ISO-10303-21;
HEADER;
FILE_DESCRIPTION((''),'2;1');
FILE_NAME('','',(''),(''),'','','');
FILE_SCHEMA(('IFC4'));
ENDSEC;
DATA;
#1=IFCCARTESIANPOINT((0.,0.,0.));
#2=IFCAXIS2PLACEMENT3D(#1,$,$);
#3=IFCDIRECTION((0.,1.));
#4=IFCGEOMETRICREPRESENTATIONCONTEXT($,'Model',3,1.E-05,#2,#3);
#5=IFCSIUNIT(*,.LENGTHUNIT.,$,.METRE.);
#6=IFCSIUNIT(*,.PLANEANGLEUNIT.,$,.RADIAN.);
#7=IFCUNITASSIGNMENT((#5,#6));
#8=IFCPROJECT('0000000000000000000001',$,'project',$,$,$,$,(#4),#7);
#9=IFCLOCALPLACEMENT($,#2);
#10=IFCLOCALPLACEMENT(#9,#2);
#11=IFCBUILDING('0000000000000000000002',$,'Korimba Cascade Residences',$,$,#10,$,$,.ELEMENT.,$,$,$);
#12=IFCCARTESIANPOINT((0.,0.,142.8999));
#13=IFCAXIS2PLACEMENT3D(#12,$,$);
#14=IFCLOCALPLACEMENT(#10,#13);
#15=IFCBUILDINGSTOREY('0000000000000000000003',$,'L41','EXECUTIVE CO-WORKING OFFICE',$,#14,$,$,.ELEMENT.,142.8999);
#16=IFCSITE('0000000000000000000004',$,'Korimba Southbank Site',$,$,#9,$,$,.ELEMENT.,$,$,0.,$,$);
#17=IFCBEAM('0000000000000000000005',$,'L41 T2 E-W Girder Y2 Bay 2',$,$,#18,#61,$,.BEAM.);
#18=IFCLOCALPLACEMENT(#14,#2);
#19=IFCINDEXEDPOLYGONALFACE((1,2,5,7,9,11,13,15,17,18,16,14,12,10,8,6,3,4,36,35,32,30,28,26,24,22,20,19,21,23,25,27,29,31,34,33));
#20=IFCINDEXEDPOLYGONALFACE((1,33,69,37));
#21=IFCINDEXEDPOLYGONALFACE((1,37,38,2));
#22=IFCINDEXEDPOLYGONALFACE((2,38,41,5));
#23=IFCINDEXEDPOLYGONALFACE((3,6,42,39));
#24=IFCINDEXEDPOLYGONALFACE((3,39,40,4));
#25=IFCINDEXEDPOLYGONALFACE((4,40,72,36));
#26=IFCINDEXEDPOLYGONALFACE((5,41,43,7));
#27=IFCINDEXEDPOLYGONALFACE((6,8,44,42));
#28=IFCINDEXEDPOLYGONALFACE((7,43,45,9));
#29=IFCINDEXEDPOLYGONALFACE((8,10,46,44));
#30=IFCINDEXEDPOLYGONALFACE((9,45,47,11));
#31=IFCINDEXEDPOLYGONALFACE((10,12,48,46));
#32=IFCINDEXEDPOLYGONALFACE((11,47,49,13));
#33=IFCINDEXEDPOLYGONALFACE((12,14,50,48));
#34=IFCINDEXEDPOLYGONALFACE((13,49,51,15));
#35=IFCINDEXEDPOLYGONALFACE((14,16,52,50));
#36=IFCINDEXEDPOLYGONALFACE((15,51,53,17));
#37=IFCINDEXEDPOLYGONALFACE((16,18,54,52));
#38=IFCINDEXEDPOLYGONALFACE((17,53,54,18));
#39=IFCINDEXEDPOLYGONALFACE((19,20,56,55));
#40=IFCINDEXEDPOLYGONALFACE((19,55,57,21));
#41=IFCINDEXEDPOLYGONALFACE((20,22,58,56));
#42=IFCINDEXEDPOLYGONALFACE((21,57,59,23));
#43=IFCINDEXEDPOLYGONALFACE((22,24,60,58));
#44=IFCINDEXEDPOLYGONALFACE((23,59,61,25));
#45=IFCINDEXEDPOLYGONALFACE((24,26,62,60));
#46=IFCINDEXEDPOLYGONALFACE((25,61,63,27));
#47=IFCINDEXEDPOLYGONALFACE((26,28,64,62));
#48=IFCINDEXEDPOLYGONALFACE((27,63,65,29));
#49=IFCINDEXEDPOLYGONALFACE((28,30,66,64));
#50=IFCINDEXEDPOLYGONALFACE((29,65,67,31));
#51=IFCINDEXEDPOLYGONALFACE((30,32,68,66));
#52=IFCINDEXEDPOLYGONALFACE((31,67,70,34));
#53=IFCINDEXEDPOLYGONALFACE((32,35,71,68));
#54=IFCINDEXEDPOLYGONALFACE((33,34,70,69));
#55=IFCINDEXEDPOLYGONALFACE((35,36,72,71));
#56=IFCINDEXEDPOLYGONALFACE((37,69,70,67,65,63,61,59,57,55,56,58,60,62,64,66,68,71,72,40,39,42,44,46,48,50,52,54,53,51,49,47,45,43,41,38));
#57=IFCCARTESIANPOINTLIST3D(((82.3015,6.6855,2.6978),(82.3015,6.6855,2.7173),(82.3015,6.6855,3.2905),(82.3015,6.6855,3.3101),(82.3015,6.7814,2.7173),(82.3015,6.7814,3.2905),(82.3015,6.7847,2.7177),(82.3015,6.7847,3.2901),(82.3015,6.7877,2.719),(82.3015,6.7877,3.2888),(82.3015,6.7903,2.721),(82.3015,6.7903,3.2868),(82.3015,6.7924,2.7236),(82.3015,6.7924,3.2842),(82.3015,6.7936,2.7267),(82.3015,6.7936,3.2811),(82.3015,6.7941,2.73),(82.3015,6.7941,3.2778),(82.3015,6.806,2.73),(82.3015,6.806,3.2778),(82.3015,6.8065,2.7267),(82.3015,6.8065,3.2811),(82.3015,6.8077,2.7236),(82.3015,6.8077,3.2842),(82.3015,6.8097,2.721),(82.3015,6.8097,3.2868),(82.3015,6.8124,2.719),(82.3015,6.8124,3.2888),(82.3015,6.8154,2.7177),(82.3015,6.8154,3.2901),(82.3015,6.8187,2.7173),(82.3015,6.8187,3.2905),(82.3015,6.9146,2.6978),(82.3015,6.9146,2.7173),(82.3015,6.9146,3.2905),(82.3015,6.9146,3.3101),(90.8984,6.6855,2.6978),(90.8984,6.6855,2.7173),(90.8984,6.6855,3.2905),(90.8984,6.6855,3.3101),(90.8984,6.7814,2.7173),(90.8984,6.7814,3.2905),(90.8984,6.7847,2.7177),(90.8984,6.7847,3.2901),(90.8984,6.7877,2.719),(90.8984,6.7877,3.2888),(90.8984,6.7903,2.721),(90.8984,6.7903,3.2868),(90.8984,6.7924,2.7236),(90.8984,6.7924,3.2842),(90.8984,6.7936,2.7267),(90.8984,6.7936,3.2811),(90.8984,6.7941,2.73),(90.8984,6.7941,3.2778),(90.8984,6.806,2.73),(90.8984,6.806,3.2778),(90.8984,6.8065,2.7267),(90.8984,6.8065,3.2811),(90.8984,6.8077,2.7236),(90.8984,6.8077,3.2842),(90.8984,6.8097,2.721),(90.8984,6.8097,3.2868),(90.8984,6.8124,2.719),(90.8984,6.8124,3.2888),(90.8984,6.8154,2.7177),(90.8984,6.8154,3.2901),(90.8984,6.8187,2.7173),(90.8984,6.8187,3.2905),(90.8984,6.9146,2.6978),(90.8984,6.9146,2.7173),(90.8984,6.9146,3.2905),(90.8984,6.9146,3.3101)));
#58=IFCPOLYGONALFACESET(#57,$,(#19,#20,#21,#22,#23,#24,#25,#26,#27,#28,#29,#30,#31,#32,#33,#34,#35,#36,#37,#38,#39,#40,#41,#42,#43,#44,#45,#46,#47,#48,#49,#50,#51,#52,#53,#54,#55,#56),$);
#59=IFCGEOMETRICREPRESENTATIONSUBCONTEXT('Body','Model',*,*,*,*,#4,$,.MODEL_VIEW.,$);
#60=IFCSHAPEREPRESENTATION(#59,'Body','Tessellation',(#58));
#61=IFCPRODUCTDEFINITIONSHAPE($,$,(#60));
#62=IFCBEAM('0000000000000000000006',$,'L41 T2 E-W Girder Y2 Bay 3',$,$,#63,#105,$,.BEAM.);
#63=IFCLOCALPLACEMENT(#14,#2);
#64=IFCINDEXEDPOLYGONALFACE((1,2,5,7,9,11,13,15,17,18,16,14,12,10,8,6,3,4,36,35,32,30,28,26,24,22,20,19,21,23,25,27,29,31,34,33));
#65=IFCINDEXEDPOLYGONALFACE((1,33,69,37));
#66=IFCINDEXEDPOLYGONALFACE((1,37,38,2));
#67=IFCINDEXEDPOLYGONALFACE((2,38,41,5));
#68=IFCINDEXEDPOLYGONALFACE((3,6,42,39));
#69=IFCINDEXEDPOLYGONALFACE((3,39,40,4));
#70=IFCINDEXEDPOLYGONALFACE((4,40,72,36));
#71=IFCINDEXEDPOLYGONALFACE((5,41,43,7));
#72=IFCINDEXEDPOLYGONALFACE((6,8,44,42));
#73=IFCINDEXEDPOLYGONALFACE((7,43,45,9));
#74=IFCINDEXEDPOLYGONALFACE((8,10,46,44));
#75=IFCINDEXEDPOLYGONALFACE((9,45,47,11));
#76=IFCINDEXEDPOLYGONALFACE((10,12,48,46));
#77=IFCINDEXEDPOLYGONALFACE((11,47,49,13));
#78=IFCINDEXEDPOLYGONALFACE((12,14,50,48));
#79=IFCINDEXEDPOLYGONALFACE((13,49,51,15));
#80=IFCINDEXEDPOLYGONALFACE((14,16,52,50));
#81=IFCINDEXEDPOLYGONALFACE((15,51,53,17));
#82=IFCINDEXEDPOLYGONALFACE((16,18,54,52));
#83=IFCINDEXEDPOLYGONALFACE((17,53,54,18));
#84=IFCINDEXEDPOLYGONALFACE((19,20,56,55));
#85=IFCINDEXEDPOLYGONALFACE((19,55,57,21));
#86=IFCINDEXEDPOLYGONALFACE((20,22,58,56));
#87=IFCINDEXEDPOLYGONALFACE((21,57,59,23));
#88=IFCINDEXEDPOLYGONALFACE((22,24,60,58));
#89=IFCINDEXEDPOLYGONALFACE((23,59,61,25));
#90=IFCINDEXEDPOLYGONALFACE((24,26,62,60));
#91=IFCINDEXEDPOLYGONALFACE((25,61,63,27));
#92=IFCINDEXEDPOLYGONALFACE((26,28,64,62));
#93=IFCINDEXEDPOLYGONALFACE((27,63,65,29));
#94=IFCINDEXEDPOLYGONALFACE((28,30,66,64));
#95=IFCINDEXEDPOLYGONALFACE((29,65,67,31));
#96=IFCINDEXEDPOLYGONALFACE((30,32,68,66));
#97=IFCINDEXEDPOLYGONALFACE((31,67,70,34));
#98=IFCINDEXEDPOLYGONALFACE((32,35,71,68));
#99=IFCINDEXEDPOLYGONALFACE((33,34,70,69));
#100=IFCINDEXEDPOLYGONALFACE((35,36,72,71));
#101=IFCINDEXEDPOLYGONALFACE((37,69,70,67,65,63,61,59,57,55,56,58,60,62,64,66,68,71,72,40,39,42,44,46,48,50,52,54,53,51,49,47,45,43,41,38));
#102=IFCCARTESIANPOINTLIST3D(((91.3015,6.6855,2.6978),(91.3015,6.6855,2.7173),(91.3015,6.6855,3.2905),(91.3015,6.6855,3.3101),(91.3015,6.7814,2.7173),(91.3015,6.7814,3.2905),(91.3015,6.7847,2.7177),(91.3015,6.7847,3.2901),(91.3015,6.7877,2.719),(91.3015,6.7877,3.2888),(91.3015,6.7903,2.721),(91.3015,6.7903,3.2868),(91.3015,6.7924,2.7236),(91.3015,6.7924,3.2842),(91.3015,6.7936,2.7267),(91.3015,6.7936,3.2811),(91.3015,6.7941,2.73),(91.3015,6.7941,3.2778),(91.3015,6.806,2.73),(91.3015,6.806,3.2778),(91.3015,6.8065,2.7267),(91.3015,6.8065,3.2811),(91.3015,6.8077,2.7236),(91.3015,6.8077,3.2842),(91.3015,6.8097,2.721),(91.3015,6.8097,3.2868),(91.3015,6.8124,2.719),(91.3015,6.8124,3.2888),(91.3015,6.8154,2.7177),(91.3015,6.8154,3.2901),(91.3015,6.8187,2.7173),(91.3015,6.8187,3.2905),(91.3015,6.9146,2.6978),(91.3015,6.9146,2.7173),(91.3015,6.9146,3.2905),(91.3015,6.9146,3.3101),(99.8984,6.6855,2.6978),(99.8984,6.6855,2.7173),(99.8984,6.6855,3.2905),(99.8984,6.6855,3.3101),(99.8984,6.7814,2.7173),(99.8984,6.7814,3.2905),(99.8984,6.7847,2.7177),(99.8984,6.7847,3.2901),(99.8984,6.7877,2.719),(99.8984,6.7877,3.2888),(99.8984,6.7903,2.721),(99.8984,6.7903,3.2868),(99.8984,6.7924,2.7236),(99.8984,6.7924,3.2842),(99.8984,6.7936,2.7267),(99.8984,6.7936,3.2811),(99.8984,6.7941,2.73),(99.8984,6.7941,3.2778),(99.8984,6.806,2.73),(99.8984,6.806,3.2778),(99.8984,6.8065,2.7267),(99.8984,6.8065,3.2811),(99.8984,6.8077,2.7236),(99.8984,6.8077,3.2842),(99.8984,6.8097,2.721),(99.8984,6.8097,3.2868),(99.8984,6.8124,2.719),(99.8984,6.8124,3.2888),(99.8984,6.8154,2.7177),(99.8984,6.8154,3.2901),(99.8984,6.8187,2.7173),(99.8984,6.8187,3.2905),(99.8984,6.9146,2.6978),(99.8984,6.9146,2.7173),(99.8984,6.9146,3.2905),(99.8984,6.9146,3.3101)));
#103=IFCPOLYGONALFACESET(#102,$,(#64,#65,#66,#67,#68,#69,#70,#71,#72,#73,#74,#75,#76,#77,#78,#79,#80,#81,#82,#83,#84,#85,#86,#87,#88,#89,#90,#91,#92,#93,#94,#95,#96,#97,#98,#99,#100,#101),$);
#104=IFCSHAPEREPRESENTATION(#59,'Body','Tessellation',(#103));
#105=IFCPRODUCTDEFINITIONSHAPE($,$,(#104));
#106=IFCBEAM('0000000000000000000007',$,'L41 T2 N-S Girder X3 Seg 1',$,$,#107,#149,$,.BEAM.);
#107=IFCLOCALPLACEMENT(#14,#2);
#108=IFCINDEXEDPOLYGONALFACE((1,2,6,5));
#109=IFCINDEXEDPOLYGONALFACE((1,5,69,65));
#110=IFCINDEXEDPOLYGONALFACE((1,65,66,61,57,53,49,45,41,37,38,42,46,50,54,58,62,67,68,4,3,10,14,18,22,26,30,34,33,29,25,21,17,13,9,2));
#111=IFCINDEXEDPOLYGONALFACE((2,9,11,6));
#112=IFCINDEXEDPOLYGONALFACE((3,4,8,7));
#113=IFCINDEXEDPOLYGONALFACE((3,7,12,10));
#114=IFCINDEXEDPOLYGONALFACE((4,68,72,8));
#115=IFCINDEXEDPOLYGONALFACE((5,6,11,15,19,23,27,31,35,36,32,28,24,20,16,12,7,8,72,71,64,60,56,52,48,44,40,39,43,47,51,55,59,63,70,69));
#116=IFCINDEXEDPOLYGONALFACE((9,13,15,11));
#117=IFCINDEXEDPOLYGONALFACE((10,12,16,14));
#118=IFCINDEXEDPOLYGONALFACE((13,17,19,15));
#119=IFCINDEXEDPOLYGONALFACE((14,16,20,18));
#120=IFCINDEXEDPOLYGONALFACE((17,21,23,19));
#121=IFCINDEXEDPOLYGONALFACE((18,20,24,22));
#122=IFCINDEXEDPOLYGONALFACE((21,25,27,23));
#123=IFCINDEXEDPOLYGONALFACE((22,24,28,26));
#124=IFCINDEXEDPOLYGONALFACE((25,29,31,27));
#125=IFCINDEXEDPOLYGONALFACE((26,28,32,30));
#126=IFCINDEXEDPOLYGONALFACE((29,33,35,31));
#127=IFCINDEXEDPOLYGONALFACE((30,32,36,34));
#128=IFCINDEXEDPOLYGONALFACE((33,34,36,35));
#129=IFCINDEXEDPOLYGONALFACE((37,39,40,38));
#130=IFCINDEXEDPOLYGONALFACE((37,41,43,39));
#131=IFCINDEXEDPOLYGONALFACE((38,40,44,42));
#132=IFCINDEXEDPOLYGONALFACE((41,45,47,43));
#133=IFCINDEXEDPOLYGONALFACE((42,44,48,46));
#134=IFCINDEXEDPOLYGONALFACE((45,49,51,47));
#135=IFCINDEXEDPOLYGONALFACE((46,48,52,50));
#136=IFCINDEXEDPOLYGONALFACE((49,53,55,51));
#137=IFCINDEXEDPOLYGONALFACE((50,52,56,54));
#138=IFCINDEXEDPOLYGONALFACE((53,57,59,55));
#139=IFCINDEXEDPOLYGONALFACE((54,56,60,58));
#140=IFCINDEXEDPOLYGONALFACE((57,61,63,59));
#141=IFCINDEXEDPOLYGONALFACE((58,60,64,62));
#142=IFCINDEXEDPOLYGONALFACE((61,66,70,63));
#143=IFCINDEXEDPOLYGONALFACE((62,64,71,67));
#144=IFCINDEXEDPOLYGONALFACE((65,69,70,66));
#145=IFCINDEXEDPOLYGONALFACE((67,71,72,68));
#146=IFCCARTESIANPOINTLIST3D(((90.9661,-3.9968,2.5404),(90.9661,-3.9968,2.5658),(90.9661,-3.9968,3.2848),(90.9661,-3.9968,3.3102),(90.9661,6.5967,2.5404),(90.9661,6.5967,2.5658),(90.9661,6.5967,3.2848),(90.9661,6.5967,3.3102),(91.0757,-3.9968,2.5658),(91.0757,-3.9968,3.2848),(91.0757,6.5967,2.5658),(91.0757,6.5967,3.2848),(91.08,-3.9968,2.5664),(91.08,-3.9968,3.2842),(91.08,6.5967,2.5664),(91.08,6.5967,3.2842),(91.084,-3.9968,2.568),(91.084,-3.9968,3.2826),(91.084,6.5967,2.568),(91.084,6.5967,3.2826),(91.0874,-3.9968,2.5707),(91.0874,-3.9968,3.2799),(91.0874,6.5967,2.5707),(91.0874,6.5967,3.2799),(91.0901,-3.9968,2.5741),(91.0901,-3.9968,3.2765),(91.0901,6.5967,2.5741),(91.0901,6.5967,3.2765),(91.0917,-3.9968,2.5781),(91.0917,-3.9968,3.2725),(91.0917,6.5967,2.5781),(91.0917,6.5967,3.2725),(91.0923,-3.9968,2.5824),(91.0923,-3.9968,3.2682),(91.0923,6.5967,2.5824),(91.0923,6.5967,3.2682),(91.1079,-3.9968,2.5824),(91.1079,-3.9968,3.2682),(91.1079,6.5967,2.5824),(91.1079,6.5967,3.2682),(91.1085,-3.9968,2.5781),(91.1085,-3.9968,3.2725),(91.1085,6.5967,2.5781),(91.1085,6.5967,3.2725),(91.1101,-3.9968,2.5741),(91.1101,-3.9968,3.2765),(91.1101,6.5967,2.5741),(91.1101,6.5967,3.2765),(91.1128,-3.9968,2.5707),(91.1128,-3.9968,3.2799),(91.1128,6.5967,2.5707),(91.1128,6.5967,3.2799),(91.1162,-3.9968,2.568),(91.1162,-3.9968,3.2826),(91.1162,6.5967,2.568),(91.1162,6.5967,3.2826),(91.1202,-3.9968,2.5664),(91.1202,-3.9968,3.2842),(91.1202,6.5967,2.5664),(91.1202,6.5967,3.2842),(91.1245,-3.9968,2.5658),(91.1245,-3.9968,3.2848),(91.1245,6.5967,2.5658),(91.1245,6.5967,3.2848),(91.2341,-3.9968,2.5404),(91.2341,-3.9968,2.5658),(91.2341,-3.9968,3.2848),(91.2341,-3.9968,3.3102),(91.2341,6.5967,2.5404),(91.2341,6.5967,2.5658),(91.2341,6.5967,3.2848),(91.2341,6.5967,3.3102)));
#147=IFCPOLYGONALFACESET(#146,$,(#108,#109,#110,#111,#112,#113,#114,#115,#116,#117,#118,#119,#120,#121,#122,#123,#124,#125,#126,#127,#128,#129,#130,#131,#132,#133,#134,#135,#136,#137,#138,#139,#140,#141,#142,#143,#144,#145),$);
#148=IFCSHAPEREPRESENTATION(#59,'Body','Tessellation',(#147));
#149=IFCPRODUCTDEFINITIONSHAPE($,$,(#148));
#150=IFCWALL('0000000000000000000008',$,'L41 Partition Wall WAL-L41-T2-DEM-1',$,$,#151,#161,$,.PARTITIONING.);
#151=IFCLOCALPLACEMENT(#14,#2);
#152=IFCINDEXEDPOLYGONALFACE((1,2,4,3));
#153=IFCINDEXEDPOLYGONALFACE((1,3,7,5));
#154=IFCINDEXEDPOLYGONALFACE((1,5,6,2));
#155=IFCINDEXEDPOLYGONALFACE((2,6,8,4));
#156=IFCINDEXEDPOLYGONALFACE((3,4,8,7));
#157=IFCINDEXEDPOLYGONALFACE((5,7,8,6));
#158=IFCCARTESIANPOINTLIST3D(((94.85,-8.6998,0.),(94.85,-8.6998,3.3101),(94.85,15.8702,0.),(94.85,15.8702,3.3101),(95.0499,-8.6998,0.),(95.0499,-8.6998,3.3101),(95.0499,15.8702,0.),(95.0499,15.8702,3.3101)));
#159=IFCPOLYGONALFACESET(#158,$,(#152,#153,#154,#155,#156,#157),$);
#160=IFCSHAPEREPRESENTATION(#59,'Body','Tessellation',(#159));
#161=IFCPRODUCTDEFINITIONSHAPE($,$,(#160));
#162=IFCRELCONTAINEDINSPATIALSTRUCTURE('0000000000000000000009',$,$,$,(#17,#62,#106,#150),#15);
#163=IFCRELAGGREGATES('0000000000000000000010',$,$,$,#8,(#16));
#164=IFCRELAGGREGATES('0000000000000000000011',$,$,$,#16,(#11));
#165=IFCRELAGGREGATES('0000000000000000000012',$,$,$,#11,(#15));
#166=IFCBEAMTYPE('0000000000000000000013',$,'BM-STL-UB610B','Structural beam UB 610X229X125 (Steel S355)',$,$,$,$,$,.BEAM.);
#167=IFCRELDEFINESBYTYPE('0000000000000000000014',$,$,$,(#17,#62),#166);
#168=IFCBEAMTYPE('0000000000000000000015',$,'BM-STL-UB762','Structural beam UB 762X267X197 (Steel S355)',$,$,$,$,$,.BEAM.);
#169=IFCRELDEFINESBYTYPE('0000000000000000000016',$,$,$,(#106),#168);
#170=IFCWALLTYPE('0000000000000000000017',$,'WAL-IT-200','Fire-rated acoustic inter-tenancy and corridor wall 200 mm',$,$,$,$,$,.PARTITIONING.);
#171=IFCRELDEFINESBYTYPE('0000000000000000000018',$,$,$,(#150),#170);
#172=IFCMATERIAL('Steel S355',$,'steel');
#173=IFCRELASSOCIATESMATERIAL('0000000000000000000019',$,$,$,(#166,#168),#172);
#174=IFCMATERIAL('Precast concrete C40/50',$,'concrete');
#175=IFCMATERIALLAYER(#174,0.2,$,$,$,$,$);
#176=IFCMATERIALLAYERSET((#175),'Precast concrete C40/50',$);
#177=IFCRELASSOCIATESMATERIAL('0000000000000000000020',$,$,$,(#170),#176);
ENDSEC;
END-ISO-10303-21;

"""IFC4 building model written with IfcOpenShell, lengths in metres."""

from ifc_helpers import new_model, si_unit, direction, frame, frame_2d, origin, origin_2d, place, context, subcontext, project, spatial, rectangle, i_section, extrude, material, layer, layer_set, material_profile, profile_set, type_object, element, save


model = new_model("IFC4")

# Units and contexts
model_context = context("Model", 3, precision=1e-05, world=origin(), true_north=direction((0.0, 1.0)))
body_context = subcontext(model_context, "Body", "Model", "MODEL_VIEW")
ifc_project = project(units=[si_unit("LENGTHUNIT", "METRE"), si_unit("PLANEANGLEUNIT", "RADIAN")], contexts=[model_context])

# Site, building, storey
site_placement = place(None, origin())
site = spatial("IfcSite", under=ifc_project, at=site_placement, Name="Korimba Southbank Site", CompositionType="ELEMENT", RefElevation=0.0)
building_placement = place(site_placement, origin())
building = spatial("IfcBuilding", under=site, at=building_placement, Name="Korimba Cascade Residences", CompositionType="ELEMENT")
storey_placement = place(building_placement, frame((0.0, 0.0, 142.8999)))
storey = spatial("IfcBuildingStorey", under=building, at=storey_placement, Name="L41", Description="EXECUTIVE CO-WORKING OFFICE", CompositionType="ELEMENT", Elevation=142.8999)

# Beams
ifc_material_1 = material(Name="Steel S355", Category="steel")
ifc_material_profile_1 = material_profile(ifc_material_1, i_section(OverallWidth=0.229, OverallDepth=0.6123, WebThickness=0.012, FlangeThickness=0.0195, FilletRadius=0.0127, at=origin_2d()), Name="Steel S355")
ifc_profile_set_1 = profile_set([ifc_material_profile_1], Name="Steel S355")
beam_type_1 = type_object("IfcBeamType", Name="BM-STL-UB610B", Description="Structural beam UB 610X229X125 (Steel S355)", PredefinedType="BEAM", material=ifc_profile_set_1)
for number, where, z_axis, x_axis, name in (
    (1, (82.3015, 6.8, 3.0039), (1.0, 0.0, 0.0), (0.0, 1.0, 0.0), "L41 T2 E-W Girder Y2 Bay 2"),
    (2, (91.3015, 6.8, 3.0039), (1.0, 0.0, 0.0), (0.0, 1.0, 0.0), "L41 T2 E-W Girder Y2 Bay 3"),
):
    element("IfcBeam", number, at=place(storey_placement, frame(where, z_axis=z_axis, x_axis=x_axis)), inside=storey, type_object=beam_type_1, Name=name, PredefinedType="BEAM", context=body_context, shape_type="SweptSolid", body=[
        extrude(i_section(OverallWidth=0.229, OverallDepth=0.6123, WebThickness=0.012, FlangeThickness=0.0195, FilletRadius=0.0127, at=origin_2d()), origin(), (0.0, 0.0, 1.0), 8.5969),
    ])
ifc_material_profile_2 = material_profile(ifc_material_1, i_section(OverallWidth=0.2681, OverallDepth=0.7698, WebThickness=0.0156, FlangeThickness=0.0254, FilletRadius=0.0166, at=origin_2d()), Name="Steel S355")
ifc_profile_set_2 = profile_set([ifc_material_profile_2], Name="Steel S355")
beam_type_2 = type_object("IfcBeamType", Name="BM-STL-UB762", Description="Structural beam UB 762X267X197 (Steel S355)", PredefinedType="BEAM", material=ifc_profile_set_2)
beam_placement = place(storey_placement, frame((91.1001, -3.9968, 2.9253), z_axis=(0.0, 1.0, 0.0), x_axis=(-1.0, 0.0, 0.0)))
element("IfcBeam", 3, at=beam_placement, inside=storey, type_object=beam_type_2, Name="L41 T2 N-S Girder X3 Seg 1", PredefinedType="BEAM", context=body_context, shape_type="SweptSolid", body=[
    extrude(i_section(OverallWidth=0.2681, OverallDepth=0.7698, WebThickness=0.0156, FlangeThickness=0.0254, FilletRadius=0.0166, at=origin_2d()), origin(), (0.0, 0.0, 1.0), 10.5935),
])

# Wall
ifc_material_2 = material(Name="Precast concrete C40/50", Category="concrete")
ifc_layer_1 = layer(ifc_material_2, 0.2)
ifc_layer_set_1 = layer_set([ifc_layer_1], Name="Precast concrete C40/50")
wall_type_1 = type_object("IfcWallType", Name="WAL-IT-200", Description="Fire-rated acoustic inter-tenancy and corridor wall 200 mm", PredefinedType="PARTITIONING", material=ifc_layer_set_1)
wall_1_placement = place(storey_placement, frame((94.95, -8.7, 0.0), z_axis=(0.0, 0.0, 1.0), x_axis=(0.0, 1.0, 0.0)))
element("IfcWall", 4, at=wall_1_placement, inside=storey, type_object=wall_type_1, Name="L41 Partition Wall WAL-L41-T2-DEM-1", PredefinedType="PARTITIONING", context=body_context, shape_type="SweptSolid", body=[
    extrude(rectangle(XDim=24.5701, YDim=0.2, at=frame_2d((12.2852, 0.0))), origin(), (0.0, 0.0, 1.0), 3.3101),
])

save(model, "model.ifc")
